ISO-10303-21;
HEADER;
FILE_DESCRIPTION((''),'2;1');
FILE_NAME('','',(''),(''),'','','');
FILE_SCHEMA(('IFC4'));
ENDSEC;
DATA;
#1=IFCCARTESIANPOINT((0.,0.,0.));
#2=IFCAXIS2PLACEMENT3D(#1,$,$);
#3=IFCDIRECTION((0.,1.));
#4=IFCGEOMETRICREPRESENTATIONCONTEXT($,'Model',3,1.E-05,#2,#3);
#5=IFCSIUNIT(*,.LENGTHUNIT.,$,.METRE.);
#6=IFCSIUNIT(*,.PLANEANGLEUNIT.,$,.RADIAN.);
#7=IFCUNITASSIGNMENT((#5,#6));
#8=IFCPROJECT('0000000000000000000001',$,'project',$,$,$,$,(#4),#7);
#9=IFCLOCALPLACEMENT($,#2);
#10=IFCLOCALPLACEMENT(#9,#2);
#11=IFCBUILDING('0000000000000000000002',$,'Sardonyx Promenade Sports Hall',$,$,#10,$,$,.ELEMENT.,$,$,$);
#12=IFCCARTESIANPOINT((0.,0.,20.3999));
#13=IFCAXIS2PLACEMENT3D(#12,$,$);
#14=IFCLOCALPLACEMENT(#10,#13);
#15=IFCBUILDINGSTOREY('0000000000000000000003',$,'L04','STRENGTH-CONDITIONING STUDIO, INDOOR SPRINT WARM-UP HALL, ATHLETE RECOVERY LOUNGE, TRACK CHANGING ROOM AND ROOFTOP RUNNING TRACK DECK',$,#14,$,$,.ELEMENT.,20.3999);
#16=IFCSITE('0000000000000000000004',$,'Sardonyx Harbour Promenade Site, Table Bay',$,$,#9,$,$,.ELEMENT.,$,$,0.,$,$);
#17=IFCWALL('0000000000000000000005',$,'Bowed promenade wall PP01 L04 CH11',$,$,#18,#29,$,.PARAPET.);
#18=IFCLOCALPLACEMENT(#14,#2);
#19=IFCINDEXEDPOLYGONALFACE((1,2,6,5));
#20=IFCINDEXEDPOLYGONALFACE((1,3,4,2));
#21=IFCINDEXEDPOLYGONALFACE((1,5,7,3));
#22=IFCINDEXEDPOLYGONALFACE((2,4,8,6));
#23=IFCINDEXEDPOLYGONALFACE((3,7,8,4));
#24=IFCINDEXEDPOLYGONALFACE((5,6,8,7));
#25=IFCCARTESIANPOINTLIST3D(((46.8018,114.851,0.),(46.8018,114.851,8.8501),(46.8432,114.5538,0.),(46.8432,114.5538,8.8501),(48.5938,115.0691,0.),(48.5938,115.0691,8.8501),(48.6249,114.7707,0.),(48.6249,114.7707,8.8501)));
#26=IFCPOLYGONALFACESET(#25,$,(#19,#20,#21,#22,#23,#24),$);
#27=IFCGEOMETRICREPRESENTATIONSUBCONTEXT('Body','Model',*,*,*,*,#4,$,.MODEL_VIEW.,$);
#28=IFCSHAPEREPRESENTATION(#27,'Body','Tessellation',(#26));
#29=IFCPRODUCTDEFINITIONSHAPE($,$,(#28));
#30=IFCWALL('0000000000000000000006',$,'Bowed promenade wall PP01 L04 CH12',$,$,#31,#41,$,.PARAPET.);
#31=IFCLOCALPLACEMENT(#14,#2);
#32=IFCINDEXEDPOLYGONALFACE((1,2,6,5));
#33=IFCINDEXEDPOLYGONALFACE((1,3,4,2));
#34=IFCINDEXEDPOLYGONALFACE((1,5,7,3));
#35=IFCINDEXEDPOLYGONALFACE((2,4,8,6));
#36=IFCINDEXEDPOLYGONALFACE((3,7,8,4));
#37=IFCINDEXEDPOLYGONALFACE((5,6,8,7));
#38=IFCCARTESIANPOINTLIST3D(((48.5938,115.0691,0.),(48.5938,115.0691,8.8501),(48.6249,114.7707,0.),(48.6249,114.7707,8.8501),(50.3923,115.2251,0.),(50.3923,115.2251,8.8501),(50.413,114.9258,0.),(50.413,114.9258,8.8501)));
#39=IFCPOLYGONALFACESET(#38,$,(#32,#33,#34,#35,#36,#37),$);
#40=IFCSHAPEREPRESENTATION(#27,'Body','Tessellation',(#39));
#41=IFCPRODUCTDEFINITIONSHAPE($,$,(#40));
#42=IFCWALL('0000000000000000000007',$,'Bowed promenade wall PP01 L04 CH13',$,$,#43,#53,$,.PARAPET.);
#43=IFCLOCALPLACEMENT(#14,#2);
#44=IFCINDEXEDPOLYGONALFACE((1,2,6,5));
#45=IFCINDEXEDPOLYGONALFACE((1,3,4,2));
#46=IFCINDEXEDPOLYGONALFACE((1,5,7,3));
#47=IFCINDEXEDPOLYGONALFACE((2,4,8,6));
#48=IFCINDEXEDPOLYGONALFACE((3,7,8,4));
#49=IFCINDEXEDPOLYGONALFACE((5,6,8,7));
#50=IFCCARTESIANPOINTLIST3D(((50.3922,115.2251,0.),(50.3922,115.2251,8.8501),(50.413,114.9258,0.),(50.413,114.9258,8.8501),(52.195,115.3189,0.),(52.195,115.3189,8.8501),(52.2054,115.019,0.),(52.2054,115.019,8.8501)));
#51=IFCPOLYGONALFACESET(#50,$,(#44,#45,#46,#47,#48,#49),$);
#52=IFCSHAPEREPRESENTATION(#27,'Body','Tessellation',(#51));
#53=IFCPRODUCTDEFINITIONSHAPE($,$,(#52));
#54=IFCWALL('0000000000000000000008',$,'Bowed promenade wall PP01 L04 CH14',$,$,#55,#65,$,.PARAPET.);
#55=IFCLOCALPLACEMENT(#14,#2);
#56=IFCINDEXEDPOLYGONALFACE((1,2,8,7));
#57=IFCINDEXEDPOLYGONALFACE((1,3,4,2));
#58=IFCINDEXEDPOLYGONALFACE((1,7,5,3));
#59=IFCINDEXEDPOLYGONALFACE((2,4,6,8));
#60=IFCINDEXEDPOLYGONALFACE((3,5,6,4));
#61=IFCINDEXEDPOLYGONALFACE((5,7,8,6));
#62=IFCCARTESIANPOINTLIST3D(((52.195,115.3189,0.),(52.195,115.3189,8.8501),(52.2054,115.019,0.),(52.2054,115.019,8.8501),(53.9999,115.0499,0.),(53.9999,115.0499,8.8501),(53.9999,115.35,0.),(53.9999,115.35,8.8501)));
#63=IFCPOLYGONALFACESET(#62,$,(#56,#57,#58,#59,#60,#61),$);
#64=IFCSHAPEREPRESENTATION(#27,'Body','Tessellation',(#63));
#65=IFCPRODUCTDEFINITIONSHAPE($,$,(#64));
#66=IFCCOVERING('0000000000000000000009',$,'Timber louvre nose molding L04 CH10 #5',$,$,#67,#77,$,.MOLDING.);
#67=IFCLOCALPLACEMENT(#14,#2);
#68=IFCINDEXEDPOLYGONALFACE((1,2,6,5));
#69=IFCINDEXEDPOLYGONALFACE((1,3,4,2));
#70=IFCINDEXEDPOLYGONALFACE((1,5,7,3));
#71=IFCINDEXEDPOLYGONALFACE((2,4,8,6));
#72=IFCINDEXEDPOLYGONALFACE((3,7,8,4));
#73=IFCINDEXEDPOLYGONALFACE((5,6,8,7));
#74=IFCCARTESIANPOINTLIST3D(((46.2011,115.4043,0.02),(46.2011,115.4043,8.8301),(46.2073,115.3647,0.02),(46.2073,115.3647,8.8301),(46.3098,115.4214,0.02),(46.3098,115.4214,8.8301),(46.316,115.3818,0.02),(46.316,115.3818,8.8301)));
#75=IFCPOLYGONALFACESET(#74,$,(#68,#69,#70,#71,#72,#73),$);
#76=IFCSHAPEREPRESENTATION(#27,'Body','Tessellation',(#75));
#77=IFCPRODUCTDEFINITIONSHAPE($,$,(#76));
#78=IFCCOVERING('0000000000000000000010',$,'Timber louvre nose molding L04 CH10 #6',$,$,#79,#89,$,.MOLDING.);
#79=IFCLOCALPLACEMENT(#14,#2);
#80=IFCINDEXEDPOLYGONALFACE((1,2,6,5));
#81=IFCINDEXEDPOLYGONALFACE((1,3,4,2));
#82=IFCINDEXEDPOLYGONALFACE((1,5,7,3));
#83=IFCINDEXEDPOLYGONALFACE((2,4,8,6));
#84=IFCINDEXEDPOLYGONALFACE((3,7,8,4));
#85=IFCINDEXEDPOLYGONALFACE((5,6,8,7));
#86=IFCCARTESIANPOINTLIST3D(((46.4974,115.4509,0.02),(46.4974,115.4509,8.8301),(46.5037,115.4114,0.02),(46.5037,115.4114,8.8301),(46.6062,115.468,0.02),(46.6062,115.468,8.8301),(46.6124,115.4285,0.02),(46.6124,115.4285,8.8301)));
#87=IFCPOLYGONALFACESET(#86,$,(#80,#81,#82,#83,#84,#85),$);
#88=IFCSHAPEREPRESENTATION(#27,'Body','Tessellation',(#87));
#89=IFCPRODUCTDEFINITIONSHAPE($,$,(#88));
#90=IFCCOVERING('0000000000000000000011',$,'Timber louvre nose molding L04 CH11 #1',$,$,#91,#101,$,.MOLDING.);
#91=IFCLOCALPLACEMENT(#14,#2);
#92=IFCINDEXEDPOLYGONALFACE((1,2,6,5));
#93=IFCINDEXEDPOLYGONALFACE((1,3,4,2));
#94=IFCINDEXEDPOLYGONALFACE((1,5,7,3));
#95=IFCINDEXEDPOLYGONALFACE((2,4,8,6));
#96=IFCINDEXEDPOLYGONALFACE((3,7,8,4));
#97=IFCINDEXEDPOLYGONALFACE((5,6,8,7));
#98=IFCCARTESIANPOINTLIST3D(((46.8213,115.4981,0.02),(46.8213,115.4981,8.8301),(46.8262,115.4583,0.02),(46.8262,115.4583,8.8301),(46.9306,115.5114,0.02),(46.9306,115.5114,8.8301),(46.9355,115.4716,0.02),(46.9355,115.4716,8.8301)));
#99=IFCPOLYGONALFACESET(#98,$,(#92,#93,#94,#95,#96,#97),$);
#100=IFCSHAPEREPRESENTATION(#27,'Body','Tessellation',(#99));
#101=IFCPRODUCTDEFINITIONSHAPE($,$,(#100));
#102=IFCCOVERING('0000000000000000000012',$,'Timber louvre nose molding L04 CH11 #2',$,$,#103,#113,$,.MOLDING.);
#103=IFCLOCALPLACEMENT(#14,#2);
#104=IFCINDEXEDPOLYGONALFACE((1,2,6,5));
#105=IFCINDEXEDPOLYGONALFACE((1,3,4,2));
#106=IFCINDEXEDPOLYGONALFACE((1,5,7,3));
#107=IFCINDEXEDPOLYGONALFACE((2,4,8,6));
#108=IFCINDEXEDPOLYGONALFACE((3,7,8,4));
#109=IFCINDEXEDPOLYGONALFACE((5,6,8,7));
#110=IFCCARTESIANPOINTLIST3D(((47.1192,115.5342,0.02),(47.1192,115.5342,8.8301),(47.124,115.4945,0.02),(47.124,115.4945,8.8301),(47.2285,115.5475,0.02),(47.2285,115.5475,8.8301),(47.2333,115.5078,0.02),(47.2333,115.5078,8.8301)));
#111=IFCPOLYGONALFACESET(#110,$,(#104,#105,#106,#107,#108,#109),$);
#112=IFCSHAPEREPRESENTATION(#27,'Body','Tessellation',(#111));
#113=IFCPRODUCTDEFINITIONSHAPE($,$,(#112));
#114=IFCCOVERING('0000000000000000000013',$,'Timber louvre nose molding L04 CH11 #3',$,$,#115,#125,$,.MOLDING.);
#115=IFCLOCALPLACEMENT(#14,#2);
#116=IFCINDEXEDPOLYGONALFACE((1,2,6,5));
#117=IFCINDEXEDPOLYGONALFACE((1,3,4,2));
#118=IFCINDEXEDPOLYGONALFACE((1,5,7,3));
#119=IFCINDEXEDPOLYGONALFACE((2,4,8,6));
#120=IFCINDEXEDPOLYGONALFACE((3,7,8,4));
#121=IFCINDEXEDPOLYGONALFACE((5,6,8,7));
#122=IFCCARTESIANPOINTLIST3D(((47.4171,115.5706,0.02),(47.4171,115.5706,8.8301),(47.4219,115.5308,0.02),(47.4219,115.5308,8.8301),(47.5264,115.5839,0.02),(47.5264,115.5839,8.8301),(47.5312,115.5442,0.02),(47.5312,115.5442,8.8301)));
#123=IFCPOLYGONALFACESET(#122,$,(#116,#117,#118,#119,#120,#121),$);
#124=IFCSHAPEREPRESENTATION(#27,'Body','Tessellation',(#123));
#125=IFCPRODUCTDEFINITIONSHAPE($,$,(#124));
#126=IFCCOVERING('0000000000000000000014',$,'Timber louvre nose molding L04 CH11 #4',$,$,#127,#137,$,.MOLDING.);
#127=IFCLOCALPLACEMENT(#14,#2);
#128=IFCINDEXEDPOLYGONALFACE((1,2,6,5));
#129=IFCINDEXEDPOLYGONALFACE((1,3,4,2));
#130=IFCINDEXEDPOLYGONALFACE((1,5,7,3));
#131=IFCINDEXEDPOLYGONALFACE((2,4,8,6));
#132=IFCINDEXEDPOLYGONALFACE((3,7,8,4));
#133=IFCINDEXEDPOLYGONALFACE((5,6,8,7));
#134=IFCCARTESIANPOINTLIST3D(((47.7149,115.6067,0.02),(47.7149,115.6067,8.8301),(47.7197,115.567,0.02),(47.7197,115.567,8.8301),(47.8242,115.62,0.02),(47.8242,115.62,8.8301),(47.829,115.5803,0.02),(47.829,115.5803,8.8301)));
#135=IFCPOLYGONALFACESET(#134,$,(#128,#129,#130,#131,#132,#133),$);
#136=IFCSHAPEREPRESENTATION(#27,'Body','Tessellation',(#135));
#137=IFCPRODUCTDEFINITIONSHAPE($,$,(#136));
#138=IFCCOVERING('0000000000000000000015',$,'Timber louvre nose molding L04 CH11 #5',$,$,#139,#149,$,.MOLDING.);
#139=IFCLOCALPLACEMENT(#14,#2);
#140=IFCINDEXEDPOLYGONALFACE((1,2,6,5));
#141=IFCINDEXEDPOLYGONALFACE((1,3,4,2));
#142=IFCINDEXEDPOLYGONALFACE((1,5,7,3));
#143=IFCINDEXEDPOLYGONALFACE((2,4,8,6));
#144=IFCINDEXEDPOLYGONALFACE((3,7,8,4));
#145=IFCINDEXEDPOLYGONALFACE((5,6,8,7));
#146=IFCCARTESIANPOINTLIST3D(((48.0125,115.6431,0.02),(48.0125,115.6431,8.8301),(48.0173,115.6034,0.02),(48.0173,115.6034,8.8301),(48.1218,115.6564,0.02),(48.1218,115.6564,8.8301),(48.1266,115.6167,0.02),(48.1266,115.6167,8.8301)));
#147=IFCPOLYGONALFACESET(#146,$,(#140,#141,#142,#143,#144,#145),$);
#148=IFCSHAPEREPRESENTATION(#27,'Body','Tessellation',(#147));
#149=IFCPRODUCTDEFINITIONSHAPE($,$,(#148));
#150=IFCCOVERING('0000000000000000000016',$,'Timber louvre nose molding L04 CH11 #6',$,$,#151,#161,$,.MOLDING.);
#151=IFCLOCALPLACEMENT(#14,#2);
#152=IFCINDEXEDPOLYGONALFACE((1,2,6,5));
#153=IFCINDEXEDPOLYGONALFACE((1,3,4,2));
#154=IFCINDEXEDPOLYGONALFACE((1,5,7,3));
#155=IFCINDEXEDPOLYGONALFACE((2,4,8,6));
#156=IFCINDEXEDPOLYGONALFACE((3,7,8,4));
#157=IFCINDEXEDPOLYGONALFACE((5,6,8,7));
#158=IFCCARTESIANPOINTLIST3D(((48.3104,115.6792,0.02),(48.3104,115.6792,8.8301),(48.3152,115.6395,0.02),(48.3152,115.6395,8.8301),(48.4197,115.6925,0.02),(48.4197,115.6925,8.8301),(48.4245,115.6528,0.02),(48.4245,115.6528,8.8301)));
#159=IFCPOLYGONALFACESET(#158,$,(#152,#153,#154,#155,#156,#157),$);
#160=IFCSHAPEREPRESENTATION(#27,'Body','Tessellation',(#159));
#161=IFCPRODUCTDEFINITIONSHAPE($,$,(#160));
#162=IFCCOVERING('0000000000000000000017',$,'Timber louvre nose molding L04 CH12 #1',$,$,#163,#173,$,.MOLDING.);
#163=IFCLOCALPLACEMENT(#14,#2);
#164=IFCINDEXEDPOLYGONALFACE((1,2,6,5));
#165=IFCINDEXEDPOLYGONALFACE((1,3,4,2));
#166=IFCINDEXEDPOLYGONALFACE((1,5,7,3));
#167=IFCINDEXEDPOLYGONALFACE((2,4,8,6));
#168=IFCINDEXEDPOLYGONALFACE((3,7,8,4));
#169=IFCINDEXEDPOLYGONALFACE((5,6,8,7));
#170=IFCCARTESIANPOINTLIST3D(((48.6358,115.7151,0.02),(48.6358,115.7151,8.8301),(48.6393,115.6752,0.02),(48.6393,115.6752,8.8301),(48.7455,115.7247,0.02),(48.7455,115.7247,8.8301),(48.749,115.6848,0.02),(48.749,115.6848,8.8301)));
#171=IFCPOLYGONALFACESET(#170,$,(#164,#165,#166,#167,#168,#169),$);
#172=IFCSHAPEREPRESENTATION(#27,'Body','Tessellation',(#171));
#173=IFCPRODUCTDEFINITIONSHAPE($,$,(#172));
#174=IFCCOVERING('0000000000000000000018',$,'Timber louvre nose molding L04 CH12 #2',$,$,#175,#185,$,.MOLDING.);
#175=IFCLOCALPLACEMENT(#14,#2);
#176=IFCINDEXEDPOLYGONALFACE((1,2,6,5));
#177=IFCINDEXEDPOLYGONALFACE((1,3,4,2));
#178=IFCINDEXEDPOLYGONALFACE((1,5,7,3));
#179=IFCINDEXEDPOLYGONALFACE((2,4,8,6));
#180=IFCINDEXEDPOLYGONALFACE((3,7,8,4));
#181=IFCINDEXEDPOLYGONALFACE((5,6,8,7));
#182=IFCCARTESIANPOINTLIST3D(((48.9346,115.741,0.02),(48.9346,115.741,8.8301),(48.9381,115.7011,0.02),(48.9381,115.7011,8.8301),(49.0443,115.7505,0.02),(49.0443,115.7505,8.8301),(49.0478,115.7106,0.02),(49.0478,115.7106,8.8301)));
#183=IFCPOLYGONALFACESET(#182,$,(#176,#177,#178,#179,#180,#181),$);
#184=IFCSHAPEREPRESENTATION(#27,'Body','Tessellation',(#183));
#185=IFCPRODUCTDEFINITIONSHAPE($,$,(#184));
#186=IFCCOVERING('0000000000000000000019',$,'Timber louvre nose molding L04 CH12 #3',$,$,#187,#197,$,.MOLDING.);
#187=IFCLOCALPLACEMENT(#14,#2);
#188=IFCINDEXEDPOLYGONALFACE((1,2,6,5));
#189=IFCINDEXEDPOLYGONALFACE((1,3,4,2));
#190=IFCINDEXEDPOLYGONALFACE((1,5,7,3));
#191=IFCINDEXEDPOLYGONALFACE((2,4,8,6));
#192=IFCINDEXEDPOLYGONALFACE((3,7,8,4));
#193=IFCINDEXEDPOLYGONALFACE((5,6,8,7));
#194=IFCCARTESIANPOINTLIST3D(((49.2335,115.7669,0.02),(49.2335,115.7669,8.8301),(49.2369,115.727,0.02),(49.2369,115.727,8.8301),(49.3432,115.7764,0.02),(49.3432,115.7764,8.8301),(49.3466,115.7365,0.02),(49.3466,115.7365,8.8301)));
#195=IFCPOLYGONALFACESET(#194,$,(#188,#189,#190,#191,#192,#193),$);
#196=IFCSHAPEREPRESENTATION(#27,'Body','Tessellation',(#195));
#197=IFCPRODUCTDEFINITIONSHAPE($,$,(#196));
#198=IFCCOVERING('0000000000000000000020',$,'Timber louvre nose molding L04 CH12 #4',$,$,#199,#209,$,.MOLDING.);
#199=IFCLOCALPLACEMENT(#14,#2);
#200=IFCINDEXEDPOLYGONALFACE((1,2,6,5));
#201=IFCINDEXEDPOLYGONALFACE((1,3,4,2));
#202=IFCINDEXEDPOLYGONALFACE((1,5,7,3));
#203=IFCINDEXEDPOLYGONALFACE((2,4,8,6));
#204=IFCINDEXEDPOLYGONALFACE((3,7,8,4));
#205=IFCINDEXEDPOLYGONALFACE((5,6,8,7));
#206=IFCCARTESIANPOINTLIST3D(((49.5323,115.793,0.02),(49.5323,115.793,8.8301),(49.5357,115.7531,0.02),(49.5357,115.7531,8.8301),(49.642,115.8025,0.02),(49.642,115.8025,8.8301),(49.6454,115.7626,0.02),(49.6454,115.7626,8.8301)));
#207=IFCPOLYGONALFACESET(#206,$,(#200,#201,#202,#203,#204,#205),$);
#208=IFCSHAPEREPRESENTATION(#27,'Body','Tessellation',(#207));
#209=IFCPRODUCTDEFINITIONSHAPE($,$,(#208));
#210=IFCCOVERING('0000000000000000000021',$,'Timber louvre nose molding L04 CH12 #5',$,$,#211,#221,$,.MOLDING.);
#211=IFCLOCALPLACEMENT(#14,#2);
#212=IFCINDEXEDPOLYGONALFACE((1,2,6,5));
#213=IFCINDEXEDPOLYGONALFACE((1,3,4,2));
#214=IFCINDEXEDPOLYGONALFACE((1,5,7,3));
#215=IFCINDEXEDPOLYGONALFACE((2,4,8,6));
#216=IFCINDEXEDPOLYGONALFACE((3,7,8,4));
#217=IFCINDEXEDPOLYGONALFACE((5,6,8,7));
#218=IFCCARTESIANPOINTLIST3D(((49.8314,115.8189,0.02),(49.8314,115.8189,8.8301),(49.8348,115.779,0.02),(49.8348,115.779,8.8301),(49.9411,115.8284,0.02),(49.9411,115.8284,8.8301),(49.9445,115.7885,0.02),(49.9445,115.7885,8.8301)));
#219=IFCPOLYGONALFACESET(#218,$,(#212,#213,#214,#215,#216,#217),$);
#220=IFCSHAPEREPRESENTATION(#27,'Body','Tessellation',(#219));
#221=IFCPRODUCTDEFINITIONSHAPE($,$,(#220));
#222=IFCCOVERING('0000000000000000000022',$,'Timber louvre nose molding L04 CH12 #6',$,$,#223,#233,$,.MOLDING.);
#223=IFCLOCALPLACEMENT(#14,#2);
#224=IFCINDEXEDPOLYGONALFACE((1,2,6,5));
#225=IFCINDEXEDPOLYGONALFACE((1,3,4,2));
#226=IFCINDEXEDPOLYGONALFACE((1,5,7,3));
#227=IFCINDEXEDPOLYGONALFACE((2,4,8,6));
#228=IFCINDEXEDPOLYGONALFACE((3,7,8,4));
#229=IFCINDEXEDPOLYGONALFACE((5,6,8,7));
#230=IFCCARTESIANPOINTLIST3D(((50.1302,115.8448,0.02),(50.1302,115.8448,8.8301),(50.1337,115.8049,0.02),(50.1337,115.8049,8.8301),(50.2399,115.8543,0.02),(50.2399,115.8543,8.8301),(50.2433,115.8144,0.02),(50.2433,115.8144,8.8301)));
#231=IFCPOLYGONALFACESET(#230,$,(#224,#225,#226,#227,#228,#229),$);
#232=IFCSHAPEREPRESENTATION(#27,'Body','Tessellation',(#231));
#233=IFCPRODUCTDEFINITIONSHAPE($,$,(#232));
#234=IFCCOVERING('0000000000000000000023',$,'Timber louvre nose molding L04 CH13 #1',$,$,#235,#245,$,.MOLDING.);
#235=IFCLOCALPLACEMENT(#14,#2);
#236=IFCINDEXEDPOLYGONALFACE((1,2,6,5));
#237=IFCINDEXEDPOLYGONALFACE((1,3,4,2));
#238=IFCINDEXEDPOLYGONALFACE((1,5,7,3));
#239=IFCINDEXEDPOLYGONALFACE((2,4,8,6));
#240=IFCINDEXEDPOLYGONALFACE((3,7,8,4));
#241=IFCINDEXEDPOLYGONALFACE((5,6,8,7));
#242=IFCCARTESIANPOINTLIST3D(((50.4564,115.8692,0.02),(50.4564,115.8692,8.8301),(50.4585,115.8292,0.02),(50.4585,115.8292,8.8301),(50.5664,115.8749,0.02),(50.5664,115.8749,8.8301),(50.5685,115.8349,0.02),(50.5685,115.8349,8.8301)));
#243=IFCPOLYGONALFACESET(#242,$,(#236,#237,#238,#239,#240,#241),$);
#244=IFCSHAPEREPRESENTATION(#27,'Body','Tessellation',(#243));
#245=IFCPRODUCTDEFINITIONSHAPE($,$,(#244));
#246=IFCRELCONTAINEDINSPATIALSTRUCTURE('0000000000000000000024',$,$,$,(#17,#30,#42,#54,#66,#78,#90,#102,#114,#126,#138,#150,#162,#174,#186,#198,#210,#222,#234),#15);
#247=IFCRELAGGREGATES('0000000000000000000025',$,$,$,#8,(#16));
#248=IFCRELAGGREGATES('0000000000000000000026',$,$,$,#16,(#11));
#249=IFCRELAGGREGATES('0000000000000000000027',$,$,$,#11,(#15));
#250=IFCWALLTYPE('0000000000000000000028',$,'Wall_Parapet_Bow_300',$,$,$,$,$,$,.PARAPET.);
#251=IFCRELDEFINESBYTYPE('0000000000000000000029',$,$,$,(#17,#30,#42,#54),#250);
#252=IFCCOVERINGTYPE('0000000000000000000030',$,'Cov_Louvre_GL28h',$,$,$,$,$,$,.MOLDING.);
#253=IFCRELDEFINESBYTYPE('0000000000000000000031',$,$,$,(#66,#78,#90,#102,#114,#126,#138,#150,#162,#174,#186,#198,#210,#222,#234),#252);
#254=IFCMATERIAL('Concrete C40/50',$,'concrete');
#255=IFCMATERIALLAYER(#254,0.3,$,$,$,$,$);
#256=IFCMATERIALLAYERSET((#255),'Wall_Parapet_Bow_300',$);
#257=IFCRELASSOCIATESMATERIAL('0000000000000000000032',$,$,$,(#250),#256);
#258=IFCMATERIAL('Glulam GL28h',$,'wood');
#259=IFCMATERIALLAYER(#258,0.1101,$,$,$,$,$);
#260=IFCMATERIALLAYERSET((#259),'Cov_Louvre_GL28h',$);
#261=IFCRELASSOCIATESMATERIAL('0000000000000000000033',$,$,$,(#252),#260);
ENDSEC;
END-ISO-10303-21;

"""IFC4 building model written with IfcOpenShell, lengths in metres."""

from ifc_helpers import new_model, si_unit, direction, frame, origin, origin_2d, place, context, subcontext, project, spatial, polyline, rectangle, outline, extrude, material, layer, layer_set, type_object, element, save


model = new_model("IFC4")

# Units and contexts
model_context = context("Model", 3, precision=1e-05, world=origin(), true_north=direction((0.0, 1.0)))
body_context = subcontext(model_context, "Body", "Model", "MODEL_VIEW")
ifc_project = project(units=[si_unit("LENGTHUNIT", "METRE"), si_unit("PLANEANGLEUNIT", "RADIAN")], contexts=[model_context])

# Site, building, storey
site_placement = place(None, origin())
site = spatial("IfcSite", under=ifc_project, at=site_placement, Name="Sardonyx Harbour Promenade Site, Table Bay", CompositionType="ELEMENT", RefElevation=0.0)
building_placement = place(site_placement, origin())
building = spatial("IfcBuilding", under=site, at=building_placement, Name="Sardonyx Promenade Sports Hall", CompositionType="ELEMENT")
storey_placement = place(building_placement, frame((0.0, 0.0, 20.3999)))
storey = spatial("IfcBuildingStorey", under=building, at=storey_placement, Name="L04", Description="STRENGTH-CONDITIONING STUDIO, INDOOR SPRINT WARM-UP HALL, ATHLETE RECOVERY LOUNGE, TRACK CHANGING ROOM AND ROOFTOP RUNNING TRACK DECK", CompositionType="ELEMENT", Elevation=20.3999)

# Walls
ifc_material_1 = material(Name="Concrete C40/50", Category="concrete")
ifc_layer_1 = layer(ifc_material_1, 0.3)
ifc_layer_set_1 = layer_set([ifc_layer_1], Name="Wall_Parapet_Bow_300")
wall_type = type_object("IfcWallType", Name="Wall_Parapet_Bow_300", PredefinedType="PARAPET", material=ifc_layer_set_1)
wall_1_placement = place(storey_placement, frame((46.8225, 114.7024, 0.0), z_axis=(0.0, 0.0, 1.0), x_axis=(0.992671, 0.120846, 0.0)))
element("IfcWall", 1, at=wall_1_placement, inside=storey, type_object=wall_type, Name="Bowed promenade wall PP01 L04 CH11", PredefinedType="PARAPET", context=body_context, shape_type="SweptSolid", body=[
    extrude(outline(polyline([(0.0026, -0.15), (1.7974, -0.15), (1.8026, 0.15), (-0.0026, 0.15), (0.0026, -0.15)])), origin(), (0.0, 0.0, 1.0), 8.8501),
])
for number, where, z_axis, x_axis, name in (
    (2, (48.6094, 114.9199, 0.0), (0.0, 0.0, 1.0), (0.99626, 0.086401, 0.0), "Bowed promenade wall PP01 L04 CH12"),
    (3, (50.4026, 115.0754, 0.0), (0.0, 0.0, 1.0), (0.99865, 0.051947, 0.0), "Bowed promenade wall PP01 L04 CH13"),
):
    element("IfcWall", number, at=place(storey_placement, frame(where, z_axis=z_axis, x_axis=x_axis)), inside=storey, type_object=wall_type, Name=name, PredefinedType="PARAPET", context=body_context, shape_type="SweptSolid", body=[
        extrude(outline(polyline([(0.0026, -0.15), (1.7974, -0.15), (1.8026, 0.15), (-0.0026, 0.15), (0.0026, -0.15)])), origin(), (0.0, 0.0, 1.0), 8.8501),
    ])
wall_2_placement = place(storey_placement, frame((52.2002, 115.1689, 0.0), z_axis=(0.0, 0.0, 1.0), x_axis=(0.999852, 0.017225, 0.0)))
element("IfcWall", 4, at=wall_2_placement, inside=storey, type_object=wall_type, Name="Bowed promenade wall PP01 L04 CH14", PredefinedType="PARAPET", context=body_context, shape_type="SweptSolid", body=[
    extrude(outline(polyline([(0.0026, -0.15), (1.7974, -0.15), (1.8026, 0.15), (-0.0026, 0.15), (0.0026, -0.15)])), origin(), (0.0, 0.0, 1.0), 8.8501),
])

# Coverings
ifc_material_2 = material(Name="Glulam GL28h", Category="wood")
ifc_layer_2 = layer(ifc_material_2, 0.1101)
ifc_layer_set_2 = layer_set([ifc_layer_2], Name="Cov_Louvre_GL28h")
covering_type = type_object("IfcCoveringType", Name="Cov_Louvre_GL28h", PredefinedType="MOLDING", material=ifc_layer_set_2)
for number, where, z_axis, x_axis, name in (
    (5, (46.2585, 115.3931, 0.02), (0.0, 0.0, 1.0), (0.987891, 0.155148, 0.0), "Timber louvre nose molding L04 CH10 #5"),
    (6, (46.5549, 115.4397, 0.02), (0.0, 0.0, 1.0), (0.987891, 0.155148, 0.0), "Timber louvre nose molding L04 CH10 #6"),
    (7, (46.8784, 115.4849, 0.02), (0.0, 0.0, 1.0), (0.992669, 0.120863, 0.0), "Timber louvre nose molding L04 CH11 #1"),
    (8, (47.1763, 115.521, 0.02), (0.0, 0.0, 1.0), (0.992669, 0.120863, 0.0), "Timber louvre nose molding L04 CH11 #2"),
    (9, (47.4741, 115.5574, 0.02), (0.0, 0.0, 1.0), (0.992669, 0.120863, 0.0), "Timber louvre nose molding L04 CH11 #3"),
    (10, (47.772, 115.5935, 0.02), (0.0, 0.0, 1.0), (0.992669, 0.120863, 0.0), "Timber louvre nose molding L04 CH11 #4"),
    (11, (48.0696, 115.6299, 0.02), (0.0, 0.0, 1.0), (0.992669, 0.120863, 0.0), "Timber louvre nose molding L04 CH11 #5"),
    (12, (48.3674, 115.666, 0.02), (0.0, 0.0, 1.0), (0.992669, 0.120863, 0.0), "Timber louvre nose molding L04 CH11 #6"),
    (13, (48.6924, 115.7, 0.02), (0.0, 0.0, 1.0), (0.996258, 0.086434, 0.0), "Timber louvre nose molding L04 CH12 #1"),
    (14, (48.9912, 115.7258, 0.02), (0.0, 0.0, 1.0), (0.996258, 0.086434, 0.0), "Timber louvre nose molding L04 CH12 #2"),
    (15, (49.29, 115.7517, 0.02), (0.0, 0.0, 1.0), (0.996258, 0.086434, 0.0), "Timber louvre nose molding L04 CH12 #3"),
    (16, (49.5889, 115.7778, 0.02), (0.0, 0.0, 1.0), (0.996258, 0.086434, 0.0), "Timber louvre nose molding L04 CH12 #4"),
    (17, (49.8879, 115.8037, 0.02), (0.0, 0.0, 1.0), (0.996258, 0.086434, 0.0), "Timber louvre nose molding L04 CH12 #5"),
    (18, (50.1868, 115.8296, 0.02), (0.0, 0.0, 1.0), (0.996258, 0.086434, 0.0), "Timber louvre nose molding L04 CH12 #6"),
    (19, (50.5125, 115.8521, 0.02), (0.0, 0.0, 1.0), (0.998652, 0.051902, 0.0), "Timber louvre nose molding L04 CH13 #1"),
):
    element("IfcCovering", number, at=place(storey_placement, frame(where, z_axis=z_axis, x_axis=x_axis)), inside=storey, type_object=covering_type, Name=name, PredefinedType="MOLDING", context=body_context, shape_type="SweptSolid", body=[
        extrude(rectangle(XDim=0.1101, YDim=0.04, at=origin_2d()), origin(), (0.0, 0.0, 1.0), 8.8101),
    ])

save(model, "model.ifc")
